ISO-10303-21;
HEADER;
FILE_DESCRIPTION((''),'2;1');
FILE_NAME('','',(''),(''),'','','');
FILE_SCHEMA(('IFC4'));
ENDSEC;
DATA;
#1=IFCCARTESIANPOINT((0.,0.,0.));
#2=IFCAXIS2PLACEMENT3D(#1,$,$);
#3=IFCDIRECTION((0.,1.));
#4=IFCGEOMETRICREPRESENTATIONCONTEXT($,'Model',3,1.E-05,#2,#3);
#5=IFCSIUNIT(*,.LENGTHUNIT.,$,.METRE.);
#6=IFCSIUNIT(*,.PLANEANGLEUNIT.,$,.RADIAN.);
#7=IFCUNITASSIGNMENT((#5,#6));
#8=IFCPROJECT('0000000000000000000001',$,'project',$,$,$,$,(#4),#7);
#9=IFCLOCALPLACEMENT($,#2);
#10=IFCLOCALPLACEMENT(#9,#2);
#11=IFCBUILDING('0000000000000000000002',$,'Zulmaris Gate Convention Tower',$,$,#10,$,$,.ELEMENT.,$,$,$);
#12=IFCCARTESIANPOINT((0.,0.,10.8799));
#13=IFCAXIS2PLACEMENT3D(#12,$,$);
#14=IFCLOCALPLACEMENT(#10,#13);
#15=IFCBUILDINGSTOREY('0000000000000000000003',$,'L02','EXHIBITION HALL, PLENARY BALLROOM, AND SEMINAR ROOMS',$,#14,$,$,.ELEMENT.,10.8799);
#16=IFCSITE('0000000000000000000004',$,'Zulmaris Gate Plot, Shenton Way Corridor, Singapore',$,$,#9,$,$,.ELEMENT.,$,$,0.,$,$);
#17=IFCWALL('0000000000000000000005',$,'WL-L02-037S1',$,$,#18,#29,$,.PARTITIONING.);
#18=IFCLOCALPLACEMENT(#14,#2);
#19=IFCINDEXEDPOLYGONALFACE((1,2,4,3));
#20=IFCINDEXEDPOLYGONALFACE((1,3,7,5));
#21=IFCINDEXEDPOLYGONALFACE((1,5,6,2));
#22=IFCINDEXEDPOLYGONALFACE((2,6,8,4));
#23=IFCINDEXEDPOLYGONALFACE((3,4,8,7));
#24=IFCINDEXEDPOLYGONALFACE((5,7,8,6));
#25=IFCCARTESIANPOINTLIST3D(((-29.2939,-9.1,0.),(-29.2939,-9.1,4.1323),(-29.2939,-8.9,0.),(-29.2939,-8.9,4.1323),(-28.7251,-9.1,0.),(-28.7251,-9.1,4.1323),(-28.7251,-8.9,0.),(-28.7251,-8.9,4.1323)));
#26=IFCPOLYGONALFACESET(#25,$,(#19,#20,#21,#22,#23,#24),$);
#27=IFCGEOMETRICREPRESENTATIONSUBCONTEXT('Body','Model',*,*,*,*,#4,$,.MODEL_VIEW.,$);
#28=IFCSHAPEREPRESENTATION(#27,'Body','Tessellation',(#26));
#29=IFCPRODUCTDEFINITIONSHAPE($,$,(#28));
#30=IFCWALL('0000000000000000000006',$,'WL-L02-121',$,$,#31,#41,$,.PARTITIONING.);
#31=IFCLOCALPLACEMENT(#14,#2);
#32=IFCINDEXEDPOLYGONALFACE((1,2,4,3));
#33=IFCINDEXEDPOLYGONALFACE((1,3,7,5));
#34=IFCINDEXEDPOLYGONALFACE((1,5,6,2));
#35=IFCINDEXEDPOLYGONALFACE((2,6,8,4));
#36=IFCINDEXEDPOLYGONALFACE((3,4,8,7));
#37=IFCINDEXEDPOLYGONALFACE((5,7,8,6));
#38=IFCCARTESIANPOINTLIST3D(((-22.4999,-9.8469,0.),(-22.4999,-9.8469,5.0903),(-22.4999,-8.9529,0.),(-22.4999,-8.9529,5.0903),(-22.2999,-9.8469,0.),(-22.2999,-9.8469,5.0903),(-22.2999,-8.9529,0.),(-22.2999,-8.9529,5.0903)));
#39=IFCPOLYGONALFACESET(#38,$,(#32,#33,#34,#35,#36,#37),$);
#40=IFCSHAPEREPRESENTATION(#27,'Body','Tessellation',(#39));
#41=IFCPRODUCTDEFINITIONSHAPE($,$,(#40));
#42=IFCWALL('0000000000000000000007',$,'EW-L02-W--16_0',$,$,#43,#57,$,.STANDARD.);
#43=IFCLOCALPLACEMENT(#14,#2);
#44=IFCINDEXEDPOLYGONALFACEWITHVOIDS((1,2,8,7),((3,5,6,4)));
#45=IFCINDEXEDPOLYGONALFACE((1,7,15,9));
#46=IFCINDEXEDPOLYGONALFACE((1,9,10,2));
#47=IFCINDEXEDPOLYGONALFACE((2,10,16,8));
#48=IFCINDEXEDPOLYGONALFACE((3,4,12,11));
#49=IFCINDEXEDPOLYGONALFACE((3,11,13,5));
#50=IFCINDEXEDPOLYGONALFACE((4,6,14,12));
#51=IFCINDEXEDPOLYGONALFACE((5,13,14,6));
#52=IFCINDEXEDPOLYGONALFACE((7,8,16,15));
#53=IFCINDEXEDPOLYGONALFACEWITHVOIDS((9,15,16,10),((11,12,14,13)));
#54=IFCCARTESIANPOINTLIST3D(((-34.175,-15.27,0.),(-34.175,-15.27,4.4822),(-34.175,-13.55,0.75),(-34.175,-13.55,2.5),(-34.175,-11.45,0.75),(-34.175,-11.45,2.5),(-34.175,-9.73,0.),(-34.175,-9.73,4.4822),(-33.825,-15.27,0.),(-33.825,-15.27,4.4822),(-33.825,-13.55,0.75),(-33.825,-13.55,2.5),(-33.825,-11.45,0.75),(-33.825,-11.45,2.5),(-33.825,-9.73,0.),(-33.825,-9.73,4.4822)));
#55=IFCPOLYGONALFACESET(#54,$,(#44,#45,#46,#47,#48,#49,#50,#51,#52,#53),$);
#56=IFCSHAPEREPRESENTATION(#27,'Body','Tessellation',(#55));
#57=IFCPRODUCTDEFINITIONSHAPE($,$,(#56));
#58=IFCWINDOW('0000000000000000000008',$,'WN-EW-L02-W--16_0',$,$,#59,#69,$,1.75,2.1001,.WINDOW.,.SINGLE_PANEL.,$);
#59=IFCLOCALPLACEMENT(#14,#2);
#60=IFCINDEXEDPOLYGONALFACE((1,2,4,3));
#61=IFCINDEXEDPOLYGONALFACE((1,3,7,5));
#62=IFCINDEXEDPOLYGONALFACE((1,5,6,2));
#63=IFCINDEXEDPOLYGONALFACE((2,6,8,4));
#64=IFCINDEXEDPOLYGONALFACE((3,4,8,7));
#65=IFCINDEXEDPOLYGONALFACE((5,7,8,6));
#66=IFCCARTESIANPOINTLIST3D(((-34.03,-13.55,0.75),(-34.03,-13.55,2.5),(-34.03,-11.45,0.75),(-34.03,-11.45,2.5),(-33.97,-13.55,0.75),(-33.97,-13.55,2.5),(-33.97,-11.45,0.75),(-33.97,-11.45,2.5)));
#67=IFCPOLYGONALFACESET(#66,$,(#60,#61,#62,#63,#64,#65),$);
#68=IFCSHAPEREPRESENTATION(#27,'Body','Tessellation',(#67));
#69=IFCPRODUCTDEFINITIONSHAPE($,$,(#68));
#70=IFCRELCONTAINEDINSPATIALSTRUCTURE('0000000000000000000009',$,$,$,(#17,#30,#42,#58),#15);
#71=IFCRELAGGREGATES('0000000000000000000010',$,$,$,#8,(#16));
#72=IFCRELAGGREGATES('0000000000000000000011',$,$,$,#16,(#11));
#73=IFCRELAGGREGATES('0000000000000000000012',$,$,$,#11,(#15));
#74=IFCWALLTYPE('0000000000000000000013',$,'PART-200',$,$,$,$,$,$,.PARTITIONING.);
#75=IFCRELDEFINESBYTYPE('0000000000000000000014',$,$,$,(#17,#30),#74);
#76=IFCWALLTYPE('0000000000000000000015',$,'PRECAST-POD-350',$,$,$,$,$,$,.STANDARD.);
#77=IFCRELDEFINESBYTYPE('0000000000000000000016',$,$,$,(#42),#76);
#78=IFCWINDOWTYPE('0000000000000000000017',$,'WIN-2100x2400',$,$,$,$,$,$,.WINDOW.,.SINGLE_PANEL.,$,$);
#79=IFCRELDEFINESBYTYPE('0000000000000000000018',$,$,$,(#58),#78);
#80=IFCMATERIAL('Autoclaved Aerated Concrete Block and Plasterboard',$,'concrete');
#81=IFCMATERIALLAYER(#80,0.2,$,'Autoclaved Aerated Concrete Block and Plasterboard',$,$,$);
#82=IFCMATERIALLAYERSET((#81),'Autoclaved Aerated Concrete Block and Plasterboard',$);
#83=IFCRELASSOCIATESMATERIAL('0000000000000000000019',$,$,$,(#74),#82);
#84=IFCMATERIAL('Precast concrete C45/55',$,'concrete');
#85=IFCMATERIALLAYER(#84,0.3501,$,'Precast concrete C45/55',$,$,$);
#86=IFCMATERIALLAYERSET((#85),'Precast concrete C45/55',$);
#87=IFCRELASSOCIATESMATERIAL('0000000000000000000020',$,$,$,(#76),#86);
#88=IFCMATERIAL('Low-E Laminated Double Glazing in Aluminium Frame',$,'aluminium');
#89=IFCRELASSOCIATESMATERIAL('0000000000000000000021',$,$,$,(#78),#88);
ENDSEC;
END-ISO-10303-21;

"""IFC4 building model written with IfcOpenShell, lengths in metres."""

from ifc_helpers import new_model, si_unit, direction, frame, frame_2d, origin, place, context, subcontext, project, spatial, rectangle, extrude, material, layer, layer_set, type_object, element, fill, save


model = new_model("IFC4")

# Units and contexts
model_context = context("Model", 3, precision=1e-05, world=origin(), true_north=direction((0.0, 1.0)))
body_context = subcontext(model_context, "Body", "Model", "MODEL_VIEW")
ifc_project = project(units=[si_unit("LENGTHUNIT", "METRE"), si_unit("PLANEANGLEUNIT", "RADIAN")], contexts=[model_context])

# Site, building, storey
site_placement = place(None, origin())
site = spatial("IfcSite", under=ifc_project, at=site_placement, Name="Zulmaris Gate Plot, Shenton Way Corridor, Singapore", CompositionType="ELEMENT", RefElevation=0.0)
building_placement = place(site_placement, origin())
building = spatial("IfcBuilding", under=site, at=building_placement, Name="Zulmaris Gate Convention Tower", CompositionType="ELEMENT")
storey_placement = place(building_placement, frame((0.0, 0.0, 10.8799)))
storey = spatial("IfcBuildingStorey", under=building, at=storey_placement, Name="L02", Description="EXHIBITION HALL, PLENARY BALLROOM, AND SEMINAR ROOMS", CompositionType="ELEMENT", Elevation=10.8799)

# Shared definitions
ifc_material_1 = material(Name="Autoclaved Aerated Concrete Block and Plasterboard", Category="concrete")
ifc_layer_1 = layer(ifc_material_1, 0.2, Name="Autoclaved Aerated Concrete Block and Plasterboard")
ifc_layer_set_1 = layer_set([ifc_layer_1], Name="Autoclaved Aerated Concrete Block and Plasterboard")
wall_type_1 = type_object("IfcWallType", Name="PART-200", PredefinedType="PARTITIONING", material=ifc_layer_set_1)

# Walls
wall_1_placement = place(storey_placement, frame((-29.2939, -9.0, 0.0), z_axis=(0.0, 0.0, 1.0), x_axis=(1.0, 0.0, 0.0)))
element("IfcWall", 1, at=wall_1_placement, inside=storey, type_object=wall_type_1, Name="WL-L02-037S1", PredefinedType="PARTITIONING", context=body_context, shape_type="SweptSolid", body=[
    extrude(rectangle(XDim=0.5688, YDim=0.2, at=frame_2d((0.2844, 0.0))), origin(), (0.0, 0.0, 1.0), 4.1323),
])
wall_2_placement = place(storey_placement, frame((-22.3999, -9.8469, 0.0), z_axis=(0.0, 0.0, 1.0), x_axis=(0.0, 1.0, 0.0)))
element("IfcWall", 2, at=wall_2_placement, inside=storey, type_object=wall_type_1, Name="WL-L02-121", PredefinedType="PARTITIONING", context=body_context, shape_type="SweptSolid", body=[
    extrude(rectangle(XDim=0.894, YDim=0.2, at=frame_2d((0.447, 0.0))), origin(), (0.0, 0.0, 1.0), 5.0903),
])

# Wall, opening, window
ifc_material_2 = material(Name="Precast concrete C45/55", Category="concrete")
ifc_layer_2 = layer(ifc_material_2, 0.3501, Name="Precast concrete C45/55")
ifc_layer_set_2 = layer_set([ifc_layer_2], Name="Precast concrete C45/55")
wall_type_2 = type_object("IfcWallType", Name="PRECAST-POD-350", PredefinedType="STANDARD", material=ifc_layer_set_2)
wall_3_placement = place(storey_placement, frame((-34.0, -15.27, 0.0), z_axis=(0.0, 0.0, 1.0), x_axis=(0.0, 1.0, 0.0)))
wall_3 = element("IfcWall", 3, at=wall_3_placement, inside=storey, type_object=wall_type_2, Name="EW-L02-W--16_0", PredefinedType="STANDARD", context=body_context, shape_type="SweptSolid", body=[
    extrude(rectangle(XDim=5.54, YDim=0.3501, at=frame_2d((2.77, 0.0))), origin(), (0.0, 0.0, 1.0), 4.4822),
])
opening_1_placement = place(wall_3_placement, frame((1.72, 0.0, 0.75)))
opening_1 = element("IfcOpeningElement", 4, at=opening_1_placement, cuts=wall_3, PredefinedType="OPENING", context=body_context, shape_type="SweptSolid", body=[
    extrude(rectangle(XDim=2.1001, YDim=1.75, at=frame_2d((1.05, 0.875))), frame((0.0, 0.1851, 0.0), z_axis=(0.0, -1.0, 0.0), x_axis=(1.0, 0.0, 0.0)), (0.0, 0.0, 1.0), 0.3701),
])
ifc_material_3 = material(Name="Low-E Laminated Double Glazing in Aluminium Frame", Category="aluminium")
window_type = type_object("IfcWindowType", Name="WIN-2100x2400", PartitioningType="SINGLE_PANEL", PredefinedType="WINDOW", material=ifc_material_3)
window_placement = place(opening_1_placement, origin())
window = element("IfcWindow", 5, at=window_placement, inside=storey, type_object=window_type, Name="WN-EW-L02-W--16_0", OverallHeight=1.75, OverallWidth=2.1001, PartitioningType="SINGLE_PANEL", PredefinedType="WINDOW", context=body_context, shape_type="SweptSolid", body=[
    extrude(rectangle(XDim=2.1001, YDim=1.75, at=frame_2d((1.05, 0.875))), frame((0.0, 0.03, 0.0), z_axis=(0.0, -1.0, 0.0), x_axis=(1.0, 0.0, 0.0)), (0.0, 0.0, 1.0), 0.0601),
])
fill(opening_1, window)

save(model, "model.ifc")
